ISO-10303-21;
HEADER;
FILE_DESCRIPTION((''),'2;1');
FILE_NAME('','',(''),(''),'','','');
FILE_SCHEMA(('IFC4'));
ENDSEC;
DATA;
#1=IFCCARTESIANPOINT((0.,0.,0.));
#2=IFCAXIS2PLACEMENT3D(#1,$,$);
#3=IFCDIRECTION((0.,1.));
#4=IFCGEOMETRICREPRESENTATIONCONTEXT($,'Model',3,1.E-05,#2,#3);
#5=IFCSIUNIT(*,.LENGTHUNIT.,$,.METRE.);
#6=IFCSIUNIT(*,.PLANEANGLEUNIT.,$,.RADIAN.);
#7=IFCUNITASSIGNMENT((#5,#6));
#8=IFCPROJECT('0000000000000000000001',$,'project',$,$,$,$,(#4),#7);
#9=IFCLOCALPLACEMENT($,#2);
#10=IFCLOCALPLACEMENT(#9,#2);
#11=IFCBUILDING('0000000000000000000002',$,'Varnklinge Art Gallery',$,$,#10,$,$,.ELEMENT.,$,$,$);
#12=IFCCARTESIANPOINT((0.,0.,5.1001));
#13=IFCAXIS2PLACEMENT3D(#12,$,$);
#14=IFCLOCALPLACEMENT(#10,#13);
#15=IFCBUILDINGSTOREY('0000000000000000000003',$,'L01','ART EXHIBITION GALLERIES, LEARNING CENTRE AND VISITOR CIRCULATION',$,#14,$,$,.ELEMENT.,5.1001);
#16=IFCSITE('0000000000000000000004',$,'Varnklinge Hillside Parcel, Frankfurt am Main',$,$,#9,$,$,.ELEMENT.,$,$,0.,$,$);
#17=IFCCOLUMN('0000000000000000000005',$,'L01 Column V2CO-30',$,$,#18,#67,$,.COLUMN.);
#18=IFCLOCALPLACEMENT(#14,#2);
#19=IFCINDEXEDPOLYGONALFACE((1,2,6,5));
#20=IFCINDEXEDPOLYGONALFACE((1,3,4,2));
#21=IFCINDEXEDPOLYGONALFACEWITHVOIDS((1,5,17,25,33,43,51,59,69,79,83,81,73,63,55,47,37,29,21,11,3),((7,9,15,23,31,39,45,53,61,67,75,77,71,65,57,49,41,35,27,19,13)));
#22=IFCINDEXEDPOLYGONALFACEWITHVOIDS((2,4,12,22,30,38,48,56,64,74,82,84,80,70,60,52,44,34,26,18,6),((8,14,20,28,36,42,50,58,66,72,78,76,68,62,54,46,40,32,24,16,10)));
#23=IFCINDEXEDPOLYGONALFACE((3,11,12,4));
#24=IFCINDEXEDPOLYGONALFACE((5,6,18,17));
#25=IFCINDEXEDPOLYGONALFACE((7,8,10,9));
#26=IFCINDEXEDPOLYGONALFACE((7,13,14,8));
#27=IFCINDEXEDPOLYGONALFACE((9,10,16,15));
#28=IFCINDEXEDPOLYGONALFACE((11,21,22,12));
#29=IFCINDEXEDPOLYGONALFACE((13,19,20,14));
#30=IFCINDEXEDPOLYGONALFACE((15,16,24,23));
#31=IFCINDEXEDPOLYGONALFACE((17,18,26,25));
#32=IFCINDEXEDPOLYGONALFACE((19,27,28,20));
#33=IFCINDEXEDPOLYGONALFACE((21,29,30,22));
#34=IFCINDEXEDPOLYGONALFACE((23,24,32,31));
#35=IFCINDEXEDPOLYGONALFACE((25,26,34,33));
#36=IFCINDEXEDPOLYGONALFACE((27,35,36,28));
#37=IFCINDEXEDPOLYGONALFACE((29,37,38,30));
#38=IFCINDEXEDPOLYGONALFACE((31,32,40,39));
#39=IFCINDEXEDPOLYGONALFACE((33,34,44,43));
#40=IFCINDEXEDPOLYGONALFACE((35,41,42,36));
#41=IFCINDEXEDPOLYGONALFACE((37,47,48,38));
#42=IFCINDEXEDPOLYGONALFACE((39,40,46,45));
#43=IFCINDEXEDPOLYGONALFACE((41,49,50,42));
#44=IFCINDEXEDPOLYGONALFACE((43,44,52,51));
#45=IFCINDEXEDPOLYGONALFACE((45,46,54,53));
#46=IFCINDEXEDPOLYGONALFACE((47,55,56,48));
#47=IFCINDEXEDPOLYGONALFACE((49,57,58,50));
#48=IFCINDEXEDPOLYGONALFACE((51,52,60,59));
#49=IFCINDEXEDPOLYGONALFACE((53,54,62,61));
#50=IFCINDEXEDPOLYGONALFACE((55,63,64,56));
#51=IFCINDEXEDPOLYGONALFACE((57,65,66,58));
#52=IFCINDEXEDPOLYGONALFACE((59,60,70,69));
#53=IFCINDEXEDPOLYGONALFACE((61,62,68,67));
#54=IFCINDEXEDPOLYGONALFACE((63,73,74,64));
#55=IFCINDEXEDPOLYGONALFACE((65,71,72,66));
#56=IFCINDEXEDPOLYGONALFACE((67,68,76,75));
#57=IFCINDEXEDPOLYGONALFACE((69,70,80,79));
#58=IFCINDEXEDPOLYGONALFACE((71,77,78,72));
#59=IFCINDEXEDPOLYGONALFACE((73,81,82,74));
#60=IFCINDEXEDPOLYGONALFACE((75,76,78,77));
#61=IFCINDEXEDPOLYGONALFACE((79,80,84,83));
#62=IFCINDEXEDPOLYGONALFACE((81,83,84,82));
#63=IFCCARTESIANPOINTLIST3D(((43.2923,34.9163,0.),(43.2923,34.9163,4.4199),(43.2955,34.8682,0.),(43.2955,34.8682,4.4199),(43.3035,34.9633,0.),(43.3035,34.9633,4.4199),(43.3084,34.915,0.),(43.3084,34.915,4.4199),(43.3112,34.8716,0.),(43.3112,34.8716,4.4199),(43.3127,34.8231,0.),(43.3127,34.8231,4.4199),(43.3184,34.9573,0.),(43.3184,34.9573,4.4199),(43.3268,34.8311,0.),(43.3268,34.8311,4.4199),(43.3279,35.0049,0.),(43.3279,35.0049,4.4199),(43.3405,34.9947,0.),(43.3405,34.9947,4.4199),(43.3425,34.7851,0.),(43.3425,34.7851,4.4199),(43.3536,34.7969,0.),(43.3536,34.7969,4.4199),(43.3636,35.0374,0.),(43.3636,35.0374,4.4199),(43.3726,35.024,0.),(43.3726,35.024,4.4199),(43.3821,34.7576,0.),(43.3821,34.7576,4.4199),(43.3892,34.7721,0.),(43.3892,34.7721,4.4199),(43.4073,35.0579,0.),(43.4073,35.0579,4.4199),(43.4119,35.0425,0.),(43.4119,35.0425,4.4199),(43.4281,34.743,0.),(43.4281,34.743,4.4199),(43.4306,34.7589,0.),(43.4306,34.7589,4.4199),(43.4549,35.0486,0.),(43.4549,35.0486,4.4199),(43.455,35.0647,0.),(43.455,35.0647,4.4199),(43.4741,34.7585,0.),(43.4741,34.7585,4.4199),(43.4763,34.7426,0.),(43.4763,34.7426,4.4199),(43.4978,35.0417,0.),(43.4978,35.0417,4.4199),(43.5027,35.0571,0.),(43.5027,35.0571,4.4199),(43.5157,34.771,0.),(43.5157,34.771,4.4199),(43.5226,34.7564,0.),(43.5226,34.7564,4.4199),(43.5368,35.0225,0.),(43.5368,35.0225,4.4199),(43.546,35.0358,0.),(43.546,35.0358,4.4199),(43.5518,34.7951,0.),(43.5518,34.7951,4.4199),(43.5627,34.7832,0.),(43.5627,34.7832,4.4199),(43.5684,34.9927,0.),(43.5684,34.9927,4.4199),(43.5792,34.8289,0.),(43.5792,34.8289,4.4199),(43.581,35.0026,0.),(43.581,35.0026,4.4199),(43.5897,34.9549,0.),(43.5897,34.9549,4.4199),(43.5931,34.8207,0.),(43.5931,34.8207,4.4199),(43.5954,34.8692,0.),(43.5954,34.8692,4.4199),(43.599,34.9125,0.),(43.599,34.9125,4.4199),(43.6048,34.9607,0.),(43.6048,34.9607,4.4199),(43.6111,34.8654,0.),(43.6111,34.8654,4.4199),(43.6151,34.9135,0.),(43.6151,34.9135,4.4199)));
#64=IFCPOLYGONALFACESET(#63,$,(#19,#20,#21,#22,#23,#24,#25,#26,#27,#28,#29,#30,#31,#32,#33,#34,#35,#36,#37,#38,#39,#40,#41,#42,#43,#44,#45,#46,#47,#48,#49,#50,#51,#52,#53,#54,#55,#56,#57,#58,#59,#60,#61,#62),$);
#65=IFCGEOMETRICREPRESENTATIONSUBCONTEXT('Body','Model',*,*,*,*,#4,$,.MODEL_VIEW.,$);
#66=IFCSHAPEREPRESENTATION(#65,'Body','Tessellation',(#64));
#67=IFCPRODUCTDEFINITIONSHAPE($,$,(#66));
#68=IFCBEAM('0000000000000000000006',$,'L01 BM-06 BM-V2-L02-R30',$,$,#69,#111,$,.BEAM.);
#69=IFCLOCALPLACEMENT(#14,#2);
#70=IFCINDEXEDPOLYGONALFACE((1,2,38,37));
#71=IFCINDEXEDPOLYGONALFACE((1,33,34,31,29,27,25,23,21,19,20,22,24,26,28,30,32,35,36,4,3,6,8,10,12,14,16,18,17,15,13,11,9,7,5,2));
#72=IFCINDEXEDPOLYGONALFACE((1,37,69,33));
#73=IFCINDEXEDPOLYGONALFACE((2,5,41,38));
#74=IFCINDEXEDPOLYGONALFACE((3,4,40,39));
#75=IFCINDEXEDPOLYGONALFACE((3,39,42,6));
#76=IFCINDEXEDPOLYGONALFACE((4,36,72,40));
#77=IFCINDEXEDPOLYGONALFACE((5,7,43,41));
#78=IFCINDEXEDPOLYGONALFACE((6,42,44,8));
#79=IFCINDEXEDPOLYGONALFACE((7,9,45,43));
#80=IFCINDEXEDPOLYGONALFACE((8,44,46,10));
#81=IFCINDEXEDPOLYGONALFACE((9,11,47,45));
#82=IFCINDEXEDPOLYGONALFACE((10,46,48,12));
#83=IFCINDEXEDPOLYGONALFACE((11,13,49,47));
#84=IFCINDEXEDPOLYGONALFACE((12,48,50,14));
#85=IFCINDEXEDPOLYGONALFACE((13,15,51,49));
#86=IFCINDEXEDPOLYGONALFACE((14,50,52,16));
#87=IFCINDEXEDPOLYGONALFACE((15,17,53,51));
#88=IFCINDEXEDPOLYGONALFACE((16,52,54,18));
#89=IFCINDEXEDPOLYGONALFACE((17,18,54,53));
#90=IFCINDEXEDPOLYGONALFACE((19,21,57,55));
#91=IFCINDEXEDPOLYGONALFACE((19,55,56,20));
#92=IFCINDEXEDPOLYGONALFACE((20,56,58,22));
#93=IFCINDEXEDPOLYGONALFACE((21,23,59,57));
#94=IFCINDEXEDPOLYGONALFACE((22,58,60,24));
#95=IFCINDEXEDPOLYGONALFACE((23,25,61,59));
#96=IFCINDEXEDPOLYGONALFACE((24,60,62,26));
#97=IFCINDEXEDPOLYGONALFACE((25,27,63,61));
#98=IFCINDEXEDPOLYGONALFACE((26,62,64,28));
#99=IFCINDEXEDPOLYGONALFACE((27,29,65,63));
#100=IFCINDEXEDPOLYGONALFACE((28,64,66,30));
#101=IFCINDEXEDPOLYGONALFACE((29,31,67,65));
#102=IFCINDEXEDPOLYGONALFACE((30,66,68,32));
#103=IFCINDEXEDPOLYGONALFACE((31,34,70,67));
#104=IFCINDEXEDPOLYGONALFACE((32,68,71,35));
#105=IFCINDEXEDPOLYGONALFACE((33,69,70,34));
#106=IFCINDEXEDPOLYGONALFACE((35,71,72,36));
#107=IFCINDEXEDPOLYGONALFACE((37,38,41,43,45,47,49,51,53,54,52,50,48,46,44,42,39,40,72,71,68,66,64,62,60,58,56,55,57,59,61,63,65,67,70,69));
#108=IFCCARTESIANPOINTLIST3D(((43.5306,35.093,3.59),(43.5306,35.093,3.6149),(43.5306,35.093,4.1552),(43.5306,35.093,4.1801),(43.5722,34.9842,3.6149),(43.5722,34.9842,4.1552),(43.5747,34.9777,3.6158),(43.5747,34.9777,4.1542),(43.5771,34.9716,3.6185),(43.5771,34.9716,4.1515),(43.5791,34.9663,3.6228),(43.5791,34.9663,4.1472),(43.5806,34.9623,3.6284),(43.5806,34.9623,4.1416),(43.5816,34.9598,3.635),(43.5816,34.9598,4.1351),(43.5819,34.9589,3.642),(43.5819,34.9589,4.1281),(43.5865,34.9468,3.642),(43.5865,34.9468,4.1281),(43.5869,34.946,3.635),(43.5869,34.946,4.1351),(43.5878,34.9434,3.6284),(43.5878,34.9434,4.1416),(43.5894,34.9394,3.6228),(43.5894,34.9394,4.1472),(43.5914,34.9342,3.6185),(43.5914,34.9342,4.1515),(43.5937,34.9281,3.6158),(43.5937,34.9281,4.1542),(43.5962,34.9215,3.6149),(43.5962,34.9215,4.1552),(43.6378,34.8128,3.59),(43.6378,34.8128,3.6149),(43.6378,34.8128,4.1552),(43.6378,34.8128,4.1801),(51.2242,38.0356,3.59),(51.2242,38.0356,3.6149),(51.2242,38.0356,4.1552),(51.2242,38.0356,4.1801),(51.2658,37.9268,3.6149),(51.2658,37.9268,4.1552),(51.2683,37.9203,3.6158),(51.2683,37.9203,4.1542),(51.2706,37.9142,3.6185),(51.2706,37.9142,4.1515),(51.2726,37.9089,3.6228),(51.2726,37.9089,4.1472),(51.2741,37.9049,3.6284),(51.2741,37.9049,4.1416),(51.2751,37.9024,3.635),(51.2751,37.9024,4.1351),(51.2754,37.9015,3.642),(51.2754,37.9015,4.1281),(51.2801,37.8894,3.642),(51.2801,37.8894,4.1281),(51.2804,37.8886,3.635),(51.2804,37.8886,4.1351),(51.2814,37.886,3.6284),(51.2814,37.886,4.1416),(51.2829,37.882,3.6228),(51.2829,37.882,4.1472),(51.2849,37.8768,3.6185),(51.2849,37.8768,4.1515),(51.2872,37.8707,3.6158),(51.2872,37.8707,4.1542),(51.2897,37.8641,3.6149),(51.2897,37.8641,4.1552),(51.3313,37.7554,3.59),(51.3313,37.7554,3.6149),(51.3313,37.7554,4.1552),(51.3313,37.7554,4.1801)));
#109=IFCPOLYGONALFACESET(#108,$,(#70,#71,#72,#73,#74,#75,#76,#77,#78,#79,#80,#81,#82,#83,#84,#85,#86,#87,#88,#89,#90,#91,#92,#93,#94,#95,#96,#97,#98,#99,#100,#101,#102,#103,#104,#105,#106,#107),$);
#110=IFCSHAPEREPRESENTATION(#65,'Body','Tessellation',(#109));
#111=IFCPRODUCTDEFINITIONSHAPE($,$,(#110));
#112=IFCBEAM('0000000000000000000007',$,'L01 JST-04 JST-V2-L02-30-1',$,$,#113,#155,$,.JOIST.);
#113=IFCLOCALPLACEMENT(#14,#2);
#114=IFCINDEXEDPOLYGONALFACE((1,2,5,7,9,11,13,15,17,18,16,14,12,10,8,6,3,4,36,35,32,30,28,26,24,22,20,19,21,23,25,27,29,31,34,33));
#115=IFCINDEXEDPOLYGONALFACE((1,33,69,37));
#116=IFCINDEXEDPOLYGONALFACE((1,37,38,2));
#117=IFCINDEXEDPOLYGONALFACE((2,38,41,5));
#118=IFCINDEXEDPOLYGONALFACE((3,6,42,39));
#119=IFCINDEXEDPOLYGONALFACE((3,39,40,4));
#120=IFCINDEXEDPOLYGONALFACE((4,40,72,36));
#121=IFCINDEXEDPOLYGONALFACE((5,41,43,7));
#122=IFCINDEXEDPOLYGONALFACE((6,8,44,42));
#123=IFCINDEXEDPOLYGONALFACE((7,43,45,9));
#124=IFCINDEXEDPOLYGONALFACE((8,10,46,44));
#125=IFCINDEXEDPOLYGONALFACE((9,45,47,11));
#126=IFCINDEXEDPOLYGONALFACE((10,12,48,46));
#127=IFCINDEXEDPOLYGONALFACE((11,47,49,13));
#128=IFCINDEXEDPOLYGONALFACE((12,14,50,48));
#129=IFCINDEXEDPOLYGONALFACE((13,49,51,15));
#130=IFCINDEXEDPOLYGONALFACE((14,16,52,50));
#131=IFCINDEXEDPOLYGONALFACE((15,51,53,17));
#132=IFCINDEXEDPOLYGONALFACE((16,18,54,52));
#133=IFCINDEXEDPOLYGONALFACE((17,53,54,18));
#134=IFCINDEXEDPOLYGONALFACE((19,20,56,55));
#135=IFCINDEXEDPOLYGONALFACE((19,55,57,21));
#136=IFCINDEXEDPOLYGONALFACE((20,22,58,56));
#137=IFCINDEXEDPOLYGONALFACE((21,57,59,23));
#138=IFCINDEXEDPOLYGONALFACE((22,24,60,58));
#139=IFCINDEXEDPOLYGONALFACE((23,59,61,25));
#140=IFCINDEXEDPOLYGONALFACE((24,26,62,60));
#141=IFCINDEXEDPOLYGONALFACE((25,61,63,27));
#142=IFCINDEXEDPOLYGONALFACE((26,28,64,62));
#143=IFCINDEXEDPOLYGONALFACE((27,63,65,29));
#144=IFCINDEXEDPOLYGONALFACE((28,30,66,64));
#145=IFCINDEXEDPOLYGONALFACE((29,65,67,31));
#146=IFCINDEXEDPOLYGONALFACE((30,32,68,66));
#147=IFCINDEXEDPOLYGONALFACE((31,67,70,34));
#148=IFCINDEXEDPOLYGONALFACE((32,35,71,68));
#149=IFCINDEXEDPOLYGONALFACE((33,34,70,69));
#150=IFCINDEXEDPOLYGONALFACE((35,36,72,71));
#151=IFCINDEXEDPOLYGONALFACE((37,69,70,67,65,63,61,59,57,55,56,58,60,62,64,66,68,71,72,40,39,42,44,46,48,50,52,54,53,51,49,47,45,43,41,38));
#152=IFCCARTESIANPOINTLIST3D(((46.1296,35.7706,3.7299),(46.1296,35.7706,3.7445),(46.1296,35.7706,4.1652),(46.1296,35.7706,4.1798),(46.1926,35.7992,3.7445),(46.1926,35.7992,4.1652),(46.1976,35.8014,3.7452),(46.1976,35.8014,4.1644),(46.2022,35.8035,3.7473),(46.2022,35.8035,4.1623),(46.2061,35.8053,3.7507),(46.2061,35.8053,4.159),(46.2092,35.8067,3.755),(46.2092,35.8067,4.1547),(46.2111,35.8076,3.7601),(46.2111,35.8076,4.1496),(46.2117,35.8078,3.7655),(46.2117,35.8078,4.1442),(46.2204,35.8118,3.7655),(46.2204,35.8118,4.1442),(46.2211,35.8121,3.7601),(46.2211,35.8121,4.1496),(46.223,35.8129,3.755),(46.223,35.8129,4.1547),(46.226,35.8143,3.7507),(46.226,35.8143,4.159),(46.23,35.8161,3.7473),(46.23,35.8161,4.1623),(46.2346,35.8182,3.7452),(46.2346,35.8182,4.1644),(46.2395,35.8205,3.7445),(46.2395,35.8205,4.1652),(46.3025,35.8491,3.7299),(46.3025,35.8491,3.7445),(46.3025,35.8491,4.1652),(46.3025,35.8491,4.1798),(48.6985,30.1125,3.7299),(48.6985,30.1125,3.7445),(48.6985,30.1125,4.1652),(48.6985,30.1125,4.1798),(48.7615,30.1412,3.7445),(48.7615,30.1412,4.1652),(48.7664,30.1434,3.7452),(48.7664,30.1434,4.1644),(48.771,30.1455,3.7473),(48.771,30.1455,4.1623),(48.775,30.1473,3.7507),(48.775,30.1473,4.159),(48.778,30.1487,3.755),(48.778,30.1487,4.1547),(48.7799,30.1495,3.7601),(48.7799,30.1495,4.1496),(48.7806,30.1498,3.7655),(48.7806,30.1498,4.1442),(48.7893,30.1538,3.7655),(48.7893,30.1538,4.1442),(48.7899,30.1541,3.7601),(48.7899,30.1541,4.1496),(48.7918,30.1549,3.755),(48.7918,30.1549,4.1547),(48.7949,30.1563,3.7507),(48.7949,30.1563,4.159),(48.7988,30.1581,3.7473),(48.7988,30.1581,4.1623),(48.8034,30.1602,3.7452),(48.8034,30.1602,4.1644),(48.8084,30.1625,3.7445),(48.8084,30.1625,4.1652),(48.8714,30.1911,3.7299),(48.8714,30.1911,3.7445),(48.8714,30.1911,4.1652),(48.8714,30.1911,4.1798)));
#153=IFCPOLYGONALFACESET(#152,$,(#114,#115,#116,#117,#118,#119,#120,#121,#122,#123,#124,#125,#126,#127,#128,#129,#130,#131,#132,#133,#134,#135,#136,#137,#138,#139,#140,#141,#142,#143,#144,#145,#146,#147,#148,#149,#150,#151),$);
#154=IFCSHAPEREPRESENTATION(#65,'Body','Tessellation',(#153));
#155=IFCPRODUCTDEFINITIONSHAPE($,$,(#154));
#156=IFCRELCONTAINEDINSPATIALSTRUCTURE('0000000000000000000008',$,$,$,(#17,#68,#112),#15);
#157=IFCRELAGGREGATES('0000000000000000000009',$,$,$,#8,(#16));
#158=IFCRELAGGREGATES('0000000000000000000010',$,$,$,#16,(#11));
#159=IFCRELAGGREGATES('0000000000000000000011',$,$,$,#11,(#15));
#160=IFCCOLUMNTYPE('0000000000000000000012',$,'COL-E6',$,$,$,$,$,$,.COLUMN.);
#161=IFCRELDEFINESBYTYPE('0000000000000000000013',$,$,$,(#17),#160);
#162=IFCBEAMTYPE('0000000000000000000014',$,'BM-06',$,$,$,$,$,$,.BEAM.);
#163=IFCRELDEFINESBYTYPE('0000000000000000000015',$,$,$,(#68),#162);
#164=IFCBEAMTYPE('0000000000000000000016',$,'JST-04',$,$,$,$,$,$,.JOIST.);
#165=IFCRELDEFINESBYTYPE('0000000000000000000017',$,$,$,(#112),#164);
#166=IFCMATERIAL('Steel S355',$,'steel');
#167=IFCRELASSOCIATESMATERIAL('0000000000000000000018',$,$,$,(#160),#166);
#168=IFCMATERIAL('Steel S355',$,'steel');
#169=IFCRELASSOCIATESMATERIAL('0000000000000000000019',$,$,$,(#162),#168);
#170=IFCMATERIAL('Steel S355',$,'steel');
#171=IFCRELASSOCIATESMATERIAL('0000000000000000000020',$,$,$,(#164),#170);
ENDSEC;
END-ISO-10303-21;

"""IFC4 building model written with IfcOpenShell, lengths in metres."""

from ifc_helpers import new_model, si_unit, direction, frame, origin, origin_2d, place, context, subcontext, project, spatial, hollow_circle, i_section, extrude, material, material_profile, profile_set, type_object, element, save


model = new_model("IFC4")

# Units and contexts
model_context = context("Model", 3, precision=1e-05, world=origin(), true_north=direction((0.0, 1.0)))
body_context = subcontext(model_context, "Body", "Model", "MODEL_VIEW")
ifc_project = project(units=[si_unit("LENGTHUNIT", "METRE"), si_unit("PLANEANGLEUNIT", "RADIAN")], contexts=[model_context])

# Site, building, storey
site_placement = place(None, origin())
site = spatial("IfcSite", under=ifc_project, at=site_placement, Name="Varnklinge Hillside Parcel, Frankfurt am Main", CompositionType="ELEMENT", RefElevation=0.0)
building_placement = place(site_placement, origin())
building = spatial("IfcBuilding", under=site, at=building_placement, Name="Varnklinge Art Gallery", CompositionType="ELEMENT")
storey_placement = place(building_placement, frame((0.0, 0.0, 5.1001)))
storey = spatial("IfcBuildingStorey", under=building, at=storey_placement, Name="L01", Description="ART EXHIBITION GALLERIES, LEARNING CENTRE AND VISITOR CIRCULATION", CompositionType="ELEMENT", Elevation=5.1001)

# Column
ifc_material_1 = material(Name="Steel S355", Category="steel")
ifc_material_profile_1 = material_profile(ifc_material_1, hollow_circle(Radius=0.1619, WallThickness=0.0161, at=origin_2d()), Name="CHS 323.9x16")
ifc_profile_set_1 = profile_set([ifc_material_profile_1], Name="Steel S355")
column_type = type_object("IfcColumnType", Name="COL-E6", PredefinedType="COLUMN", material=ifc_profile_set_1)
column_placement = place(storey_placement, frame((43.4536, 34.9028, 0.0), z_axis=(0.0, 0.0, 1.0), x_axis=(0.934018, 0.357227, 0.0)))
element("IfcColumn", 1, at=column_placement, inside=storey, type_object=column_type, Name="L01 Column V2CO-30", PredefinedType="COLUMN", context=body_context, shape_type="SweptSolid", body=[
    extrude(hollow_circle(Radius=0.1619, WallThickness=0.0161, at=origin_2d()), origin(), (0.0, 0.0, 1.0), 4.4199),
])

# Beams
ifc_material_2 = material(Name="Steel S355", Category="steel")
ifc_material_profile_2 = material_profile(ifc_material_2, i_section(OverallWidth=0.3, OverallDepth=0.5901, WebThickness=0.0129, FlangeThickness=0.0249, FilletRadius=0.0271, at=origin_2d()), Name="HEA 600")
ifc_profile_set_2 = profile_set([ifc_material_profile_2], Name="Steel S355")
beam_type_1 = type_object("IfcBeamType", Name="BM-06", PredefinedType="BEAM", material=ifc_profile_set_2)
beam_1_placement = place(storey_placement, frame((43.5842, 34.9529, 3.885), z_axis=(0.934013, 0.357239, 0.0), x_axis=(-0.357239, 0.934013, 0.0)))
element("IfcBeam", 2, at=beam_1_placement, inside=storey, type_object=beam_type_1, Name="L01 BM-06 BM-V2-L02-R30", PredefinedType="BEAM", context=body_context, shape_type="SweptSolid", body=[
    extrude(i_section(OverallWidth=0.3, OverallDepth=0.5901, WebThickness=0.0129, FlangeThickness=0.0249, FilletRadius=0.0271, at=origin_2d()), origin(), (0.0, 0.0, 1.0), 8.2371),
])
ifc_material_3 = material(Name="Steel S355", Category="steel")
ifc_material_profile_3 = material_profile(ifc_material_3, i_section(OverallWidth=0.1899, OverallDepth=0.45, WebThickness=0.0095, FlangeThickness=0.0146, FilletRadius=0.021, at=origin_2d()), Name="IPE 450")
ifc_profile_set_3 = profile_set([ifc_material_profile_3], Name="Steel S355")
beam_type_2 = type_object("IfcBeamType", Name="JST-04", PredefinedType="JOIST", material=ifc_profile_set_3)
beam_2_placement = place(storey_placement, frame((46.2161, 35.8098, 3.9548), z_axis=(0.413409, -0.910545, 0.0), x_axis=(0.910545, 0.413409, 0.0)))
element("IfcBeam", 3, at=beam_2_placement, inside=storey, type_object=beam_type_2, Name="L01 JST-04 JST-V2-L02-30-1", PredefinedType="JOIST", context=body_context, shape_type="SweptSolid", body=[
    extrude(i_section(OverallWidth=0.1899, OverallDepth=0.45, WebThickness=0.0095, FlangeThickness=0.0146, FilletRadius=0.021, at=origin_2d()), origin(), (0.0, 0.0, 1.0), 6.2139),
])

save(model, "model.ifc")
